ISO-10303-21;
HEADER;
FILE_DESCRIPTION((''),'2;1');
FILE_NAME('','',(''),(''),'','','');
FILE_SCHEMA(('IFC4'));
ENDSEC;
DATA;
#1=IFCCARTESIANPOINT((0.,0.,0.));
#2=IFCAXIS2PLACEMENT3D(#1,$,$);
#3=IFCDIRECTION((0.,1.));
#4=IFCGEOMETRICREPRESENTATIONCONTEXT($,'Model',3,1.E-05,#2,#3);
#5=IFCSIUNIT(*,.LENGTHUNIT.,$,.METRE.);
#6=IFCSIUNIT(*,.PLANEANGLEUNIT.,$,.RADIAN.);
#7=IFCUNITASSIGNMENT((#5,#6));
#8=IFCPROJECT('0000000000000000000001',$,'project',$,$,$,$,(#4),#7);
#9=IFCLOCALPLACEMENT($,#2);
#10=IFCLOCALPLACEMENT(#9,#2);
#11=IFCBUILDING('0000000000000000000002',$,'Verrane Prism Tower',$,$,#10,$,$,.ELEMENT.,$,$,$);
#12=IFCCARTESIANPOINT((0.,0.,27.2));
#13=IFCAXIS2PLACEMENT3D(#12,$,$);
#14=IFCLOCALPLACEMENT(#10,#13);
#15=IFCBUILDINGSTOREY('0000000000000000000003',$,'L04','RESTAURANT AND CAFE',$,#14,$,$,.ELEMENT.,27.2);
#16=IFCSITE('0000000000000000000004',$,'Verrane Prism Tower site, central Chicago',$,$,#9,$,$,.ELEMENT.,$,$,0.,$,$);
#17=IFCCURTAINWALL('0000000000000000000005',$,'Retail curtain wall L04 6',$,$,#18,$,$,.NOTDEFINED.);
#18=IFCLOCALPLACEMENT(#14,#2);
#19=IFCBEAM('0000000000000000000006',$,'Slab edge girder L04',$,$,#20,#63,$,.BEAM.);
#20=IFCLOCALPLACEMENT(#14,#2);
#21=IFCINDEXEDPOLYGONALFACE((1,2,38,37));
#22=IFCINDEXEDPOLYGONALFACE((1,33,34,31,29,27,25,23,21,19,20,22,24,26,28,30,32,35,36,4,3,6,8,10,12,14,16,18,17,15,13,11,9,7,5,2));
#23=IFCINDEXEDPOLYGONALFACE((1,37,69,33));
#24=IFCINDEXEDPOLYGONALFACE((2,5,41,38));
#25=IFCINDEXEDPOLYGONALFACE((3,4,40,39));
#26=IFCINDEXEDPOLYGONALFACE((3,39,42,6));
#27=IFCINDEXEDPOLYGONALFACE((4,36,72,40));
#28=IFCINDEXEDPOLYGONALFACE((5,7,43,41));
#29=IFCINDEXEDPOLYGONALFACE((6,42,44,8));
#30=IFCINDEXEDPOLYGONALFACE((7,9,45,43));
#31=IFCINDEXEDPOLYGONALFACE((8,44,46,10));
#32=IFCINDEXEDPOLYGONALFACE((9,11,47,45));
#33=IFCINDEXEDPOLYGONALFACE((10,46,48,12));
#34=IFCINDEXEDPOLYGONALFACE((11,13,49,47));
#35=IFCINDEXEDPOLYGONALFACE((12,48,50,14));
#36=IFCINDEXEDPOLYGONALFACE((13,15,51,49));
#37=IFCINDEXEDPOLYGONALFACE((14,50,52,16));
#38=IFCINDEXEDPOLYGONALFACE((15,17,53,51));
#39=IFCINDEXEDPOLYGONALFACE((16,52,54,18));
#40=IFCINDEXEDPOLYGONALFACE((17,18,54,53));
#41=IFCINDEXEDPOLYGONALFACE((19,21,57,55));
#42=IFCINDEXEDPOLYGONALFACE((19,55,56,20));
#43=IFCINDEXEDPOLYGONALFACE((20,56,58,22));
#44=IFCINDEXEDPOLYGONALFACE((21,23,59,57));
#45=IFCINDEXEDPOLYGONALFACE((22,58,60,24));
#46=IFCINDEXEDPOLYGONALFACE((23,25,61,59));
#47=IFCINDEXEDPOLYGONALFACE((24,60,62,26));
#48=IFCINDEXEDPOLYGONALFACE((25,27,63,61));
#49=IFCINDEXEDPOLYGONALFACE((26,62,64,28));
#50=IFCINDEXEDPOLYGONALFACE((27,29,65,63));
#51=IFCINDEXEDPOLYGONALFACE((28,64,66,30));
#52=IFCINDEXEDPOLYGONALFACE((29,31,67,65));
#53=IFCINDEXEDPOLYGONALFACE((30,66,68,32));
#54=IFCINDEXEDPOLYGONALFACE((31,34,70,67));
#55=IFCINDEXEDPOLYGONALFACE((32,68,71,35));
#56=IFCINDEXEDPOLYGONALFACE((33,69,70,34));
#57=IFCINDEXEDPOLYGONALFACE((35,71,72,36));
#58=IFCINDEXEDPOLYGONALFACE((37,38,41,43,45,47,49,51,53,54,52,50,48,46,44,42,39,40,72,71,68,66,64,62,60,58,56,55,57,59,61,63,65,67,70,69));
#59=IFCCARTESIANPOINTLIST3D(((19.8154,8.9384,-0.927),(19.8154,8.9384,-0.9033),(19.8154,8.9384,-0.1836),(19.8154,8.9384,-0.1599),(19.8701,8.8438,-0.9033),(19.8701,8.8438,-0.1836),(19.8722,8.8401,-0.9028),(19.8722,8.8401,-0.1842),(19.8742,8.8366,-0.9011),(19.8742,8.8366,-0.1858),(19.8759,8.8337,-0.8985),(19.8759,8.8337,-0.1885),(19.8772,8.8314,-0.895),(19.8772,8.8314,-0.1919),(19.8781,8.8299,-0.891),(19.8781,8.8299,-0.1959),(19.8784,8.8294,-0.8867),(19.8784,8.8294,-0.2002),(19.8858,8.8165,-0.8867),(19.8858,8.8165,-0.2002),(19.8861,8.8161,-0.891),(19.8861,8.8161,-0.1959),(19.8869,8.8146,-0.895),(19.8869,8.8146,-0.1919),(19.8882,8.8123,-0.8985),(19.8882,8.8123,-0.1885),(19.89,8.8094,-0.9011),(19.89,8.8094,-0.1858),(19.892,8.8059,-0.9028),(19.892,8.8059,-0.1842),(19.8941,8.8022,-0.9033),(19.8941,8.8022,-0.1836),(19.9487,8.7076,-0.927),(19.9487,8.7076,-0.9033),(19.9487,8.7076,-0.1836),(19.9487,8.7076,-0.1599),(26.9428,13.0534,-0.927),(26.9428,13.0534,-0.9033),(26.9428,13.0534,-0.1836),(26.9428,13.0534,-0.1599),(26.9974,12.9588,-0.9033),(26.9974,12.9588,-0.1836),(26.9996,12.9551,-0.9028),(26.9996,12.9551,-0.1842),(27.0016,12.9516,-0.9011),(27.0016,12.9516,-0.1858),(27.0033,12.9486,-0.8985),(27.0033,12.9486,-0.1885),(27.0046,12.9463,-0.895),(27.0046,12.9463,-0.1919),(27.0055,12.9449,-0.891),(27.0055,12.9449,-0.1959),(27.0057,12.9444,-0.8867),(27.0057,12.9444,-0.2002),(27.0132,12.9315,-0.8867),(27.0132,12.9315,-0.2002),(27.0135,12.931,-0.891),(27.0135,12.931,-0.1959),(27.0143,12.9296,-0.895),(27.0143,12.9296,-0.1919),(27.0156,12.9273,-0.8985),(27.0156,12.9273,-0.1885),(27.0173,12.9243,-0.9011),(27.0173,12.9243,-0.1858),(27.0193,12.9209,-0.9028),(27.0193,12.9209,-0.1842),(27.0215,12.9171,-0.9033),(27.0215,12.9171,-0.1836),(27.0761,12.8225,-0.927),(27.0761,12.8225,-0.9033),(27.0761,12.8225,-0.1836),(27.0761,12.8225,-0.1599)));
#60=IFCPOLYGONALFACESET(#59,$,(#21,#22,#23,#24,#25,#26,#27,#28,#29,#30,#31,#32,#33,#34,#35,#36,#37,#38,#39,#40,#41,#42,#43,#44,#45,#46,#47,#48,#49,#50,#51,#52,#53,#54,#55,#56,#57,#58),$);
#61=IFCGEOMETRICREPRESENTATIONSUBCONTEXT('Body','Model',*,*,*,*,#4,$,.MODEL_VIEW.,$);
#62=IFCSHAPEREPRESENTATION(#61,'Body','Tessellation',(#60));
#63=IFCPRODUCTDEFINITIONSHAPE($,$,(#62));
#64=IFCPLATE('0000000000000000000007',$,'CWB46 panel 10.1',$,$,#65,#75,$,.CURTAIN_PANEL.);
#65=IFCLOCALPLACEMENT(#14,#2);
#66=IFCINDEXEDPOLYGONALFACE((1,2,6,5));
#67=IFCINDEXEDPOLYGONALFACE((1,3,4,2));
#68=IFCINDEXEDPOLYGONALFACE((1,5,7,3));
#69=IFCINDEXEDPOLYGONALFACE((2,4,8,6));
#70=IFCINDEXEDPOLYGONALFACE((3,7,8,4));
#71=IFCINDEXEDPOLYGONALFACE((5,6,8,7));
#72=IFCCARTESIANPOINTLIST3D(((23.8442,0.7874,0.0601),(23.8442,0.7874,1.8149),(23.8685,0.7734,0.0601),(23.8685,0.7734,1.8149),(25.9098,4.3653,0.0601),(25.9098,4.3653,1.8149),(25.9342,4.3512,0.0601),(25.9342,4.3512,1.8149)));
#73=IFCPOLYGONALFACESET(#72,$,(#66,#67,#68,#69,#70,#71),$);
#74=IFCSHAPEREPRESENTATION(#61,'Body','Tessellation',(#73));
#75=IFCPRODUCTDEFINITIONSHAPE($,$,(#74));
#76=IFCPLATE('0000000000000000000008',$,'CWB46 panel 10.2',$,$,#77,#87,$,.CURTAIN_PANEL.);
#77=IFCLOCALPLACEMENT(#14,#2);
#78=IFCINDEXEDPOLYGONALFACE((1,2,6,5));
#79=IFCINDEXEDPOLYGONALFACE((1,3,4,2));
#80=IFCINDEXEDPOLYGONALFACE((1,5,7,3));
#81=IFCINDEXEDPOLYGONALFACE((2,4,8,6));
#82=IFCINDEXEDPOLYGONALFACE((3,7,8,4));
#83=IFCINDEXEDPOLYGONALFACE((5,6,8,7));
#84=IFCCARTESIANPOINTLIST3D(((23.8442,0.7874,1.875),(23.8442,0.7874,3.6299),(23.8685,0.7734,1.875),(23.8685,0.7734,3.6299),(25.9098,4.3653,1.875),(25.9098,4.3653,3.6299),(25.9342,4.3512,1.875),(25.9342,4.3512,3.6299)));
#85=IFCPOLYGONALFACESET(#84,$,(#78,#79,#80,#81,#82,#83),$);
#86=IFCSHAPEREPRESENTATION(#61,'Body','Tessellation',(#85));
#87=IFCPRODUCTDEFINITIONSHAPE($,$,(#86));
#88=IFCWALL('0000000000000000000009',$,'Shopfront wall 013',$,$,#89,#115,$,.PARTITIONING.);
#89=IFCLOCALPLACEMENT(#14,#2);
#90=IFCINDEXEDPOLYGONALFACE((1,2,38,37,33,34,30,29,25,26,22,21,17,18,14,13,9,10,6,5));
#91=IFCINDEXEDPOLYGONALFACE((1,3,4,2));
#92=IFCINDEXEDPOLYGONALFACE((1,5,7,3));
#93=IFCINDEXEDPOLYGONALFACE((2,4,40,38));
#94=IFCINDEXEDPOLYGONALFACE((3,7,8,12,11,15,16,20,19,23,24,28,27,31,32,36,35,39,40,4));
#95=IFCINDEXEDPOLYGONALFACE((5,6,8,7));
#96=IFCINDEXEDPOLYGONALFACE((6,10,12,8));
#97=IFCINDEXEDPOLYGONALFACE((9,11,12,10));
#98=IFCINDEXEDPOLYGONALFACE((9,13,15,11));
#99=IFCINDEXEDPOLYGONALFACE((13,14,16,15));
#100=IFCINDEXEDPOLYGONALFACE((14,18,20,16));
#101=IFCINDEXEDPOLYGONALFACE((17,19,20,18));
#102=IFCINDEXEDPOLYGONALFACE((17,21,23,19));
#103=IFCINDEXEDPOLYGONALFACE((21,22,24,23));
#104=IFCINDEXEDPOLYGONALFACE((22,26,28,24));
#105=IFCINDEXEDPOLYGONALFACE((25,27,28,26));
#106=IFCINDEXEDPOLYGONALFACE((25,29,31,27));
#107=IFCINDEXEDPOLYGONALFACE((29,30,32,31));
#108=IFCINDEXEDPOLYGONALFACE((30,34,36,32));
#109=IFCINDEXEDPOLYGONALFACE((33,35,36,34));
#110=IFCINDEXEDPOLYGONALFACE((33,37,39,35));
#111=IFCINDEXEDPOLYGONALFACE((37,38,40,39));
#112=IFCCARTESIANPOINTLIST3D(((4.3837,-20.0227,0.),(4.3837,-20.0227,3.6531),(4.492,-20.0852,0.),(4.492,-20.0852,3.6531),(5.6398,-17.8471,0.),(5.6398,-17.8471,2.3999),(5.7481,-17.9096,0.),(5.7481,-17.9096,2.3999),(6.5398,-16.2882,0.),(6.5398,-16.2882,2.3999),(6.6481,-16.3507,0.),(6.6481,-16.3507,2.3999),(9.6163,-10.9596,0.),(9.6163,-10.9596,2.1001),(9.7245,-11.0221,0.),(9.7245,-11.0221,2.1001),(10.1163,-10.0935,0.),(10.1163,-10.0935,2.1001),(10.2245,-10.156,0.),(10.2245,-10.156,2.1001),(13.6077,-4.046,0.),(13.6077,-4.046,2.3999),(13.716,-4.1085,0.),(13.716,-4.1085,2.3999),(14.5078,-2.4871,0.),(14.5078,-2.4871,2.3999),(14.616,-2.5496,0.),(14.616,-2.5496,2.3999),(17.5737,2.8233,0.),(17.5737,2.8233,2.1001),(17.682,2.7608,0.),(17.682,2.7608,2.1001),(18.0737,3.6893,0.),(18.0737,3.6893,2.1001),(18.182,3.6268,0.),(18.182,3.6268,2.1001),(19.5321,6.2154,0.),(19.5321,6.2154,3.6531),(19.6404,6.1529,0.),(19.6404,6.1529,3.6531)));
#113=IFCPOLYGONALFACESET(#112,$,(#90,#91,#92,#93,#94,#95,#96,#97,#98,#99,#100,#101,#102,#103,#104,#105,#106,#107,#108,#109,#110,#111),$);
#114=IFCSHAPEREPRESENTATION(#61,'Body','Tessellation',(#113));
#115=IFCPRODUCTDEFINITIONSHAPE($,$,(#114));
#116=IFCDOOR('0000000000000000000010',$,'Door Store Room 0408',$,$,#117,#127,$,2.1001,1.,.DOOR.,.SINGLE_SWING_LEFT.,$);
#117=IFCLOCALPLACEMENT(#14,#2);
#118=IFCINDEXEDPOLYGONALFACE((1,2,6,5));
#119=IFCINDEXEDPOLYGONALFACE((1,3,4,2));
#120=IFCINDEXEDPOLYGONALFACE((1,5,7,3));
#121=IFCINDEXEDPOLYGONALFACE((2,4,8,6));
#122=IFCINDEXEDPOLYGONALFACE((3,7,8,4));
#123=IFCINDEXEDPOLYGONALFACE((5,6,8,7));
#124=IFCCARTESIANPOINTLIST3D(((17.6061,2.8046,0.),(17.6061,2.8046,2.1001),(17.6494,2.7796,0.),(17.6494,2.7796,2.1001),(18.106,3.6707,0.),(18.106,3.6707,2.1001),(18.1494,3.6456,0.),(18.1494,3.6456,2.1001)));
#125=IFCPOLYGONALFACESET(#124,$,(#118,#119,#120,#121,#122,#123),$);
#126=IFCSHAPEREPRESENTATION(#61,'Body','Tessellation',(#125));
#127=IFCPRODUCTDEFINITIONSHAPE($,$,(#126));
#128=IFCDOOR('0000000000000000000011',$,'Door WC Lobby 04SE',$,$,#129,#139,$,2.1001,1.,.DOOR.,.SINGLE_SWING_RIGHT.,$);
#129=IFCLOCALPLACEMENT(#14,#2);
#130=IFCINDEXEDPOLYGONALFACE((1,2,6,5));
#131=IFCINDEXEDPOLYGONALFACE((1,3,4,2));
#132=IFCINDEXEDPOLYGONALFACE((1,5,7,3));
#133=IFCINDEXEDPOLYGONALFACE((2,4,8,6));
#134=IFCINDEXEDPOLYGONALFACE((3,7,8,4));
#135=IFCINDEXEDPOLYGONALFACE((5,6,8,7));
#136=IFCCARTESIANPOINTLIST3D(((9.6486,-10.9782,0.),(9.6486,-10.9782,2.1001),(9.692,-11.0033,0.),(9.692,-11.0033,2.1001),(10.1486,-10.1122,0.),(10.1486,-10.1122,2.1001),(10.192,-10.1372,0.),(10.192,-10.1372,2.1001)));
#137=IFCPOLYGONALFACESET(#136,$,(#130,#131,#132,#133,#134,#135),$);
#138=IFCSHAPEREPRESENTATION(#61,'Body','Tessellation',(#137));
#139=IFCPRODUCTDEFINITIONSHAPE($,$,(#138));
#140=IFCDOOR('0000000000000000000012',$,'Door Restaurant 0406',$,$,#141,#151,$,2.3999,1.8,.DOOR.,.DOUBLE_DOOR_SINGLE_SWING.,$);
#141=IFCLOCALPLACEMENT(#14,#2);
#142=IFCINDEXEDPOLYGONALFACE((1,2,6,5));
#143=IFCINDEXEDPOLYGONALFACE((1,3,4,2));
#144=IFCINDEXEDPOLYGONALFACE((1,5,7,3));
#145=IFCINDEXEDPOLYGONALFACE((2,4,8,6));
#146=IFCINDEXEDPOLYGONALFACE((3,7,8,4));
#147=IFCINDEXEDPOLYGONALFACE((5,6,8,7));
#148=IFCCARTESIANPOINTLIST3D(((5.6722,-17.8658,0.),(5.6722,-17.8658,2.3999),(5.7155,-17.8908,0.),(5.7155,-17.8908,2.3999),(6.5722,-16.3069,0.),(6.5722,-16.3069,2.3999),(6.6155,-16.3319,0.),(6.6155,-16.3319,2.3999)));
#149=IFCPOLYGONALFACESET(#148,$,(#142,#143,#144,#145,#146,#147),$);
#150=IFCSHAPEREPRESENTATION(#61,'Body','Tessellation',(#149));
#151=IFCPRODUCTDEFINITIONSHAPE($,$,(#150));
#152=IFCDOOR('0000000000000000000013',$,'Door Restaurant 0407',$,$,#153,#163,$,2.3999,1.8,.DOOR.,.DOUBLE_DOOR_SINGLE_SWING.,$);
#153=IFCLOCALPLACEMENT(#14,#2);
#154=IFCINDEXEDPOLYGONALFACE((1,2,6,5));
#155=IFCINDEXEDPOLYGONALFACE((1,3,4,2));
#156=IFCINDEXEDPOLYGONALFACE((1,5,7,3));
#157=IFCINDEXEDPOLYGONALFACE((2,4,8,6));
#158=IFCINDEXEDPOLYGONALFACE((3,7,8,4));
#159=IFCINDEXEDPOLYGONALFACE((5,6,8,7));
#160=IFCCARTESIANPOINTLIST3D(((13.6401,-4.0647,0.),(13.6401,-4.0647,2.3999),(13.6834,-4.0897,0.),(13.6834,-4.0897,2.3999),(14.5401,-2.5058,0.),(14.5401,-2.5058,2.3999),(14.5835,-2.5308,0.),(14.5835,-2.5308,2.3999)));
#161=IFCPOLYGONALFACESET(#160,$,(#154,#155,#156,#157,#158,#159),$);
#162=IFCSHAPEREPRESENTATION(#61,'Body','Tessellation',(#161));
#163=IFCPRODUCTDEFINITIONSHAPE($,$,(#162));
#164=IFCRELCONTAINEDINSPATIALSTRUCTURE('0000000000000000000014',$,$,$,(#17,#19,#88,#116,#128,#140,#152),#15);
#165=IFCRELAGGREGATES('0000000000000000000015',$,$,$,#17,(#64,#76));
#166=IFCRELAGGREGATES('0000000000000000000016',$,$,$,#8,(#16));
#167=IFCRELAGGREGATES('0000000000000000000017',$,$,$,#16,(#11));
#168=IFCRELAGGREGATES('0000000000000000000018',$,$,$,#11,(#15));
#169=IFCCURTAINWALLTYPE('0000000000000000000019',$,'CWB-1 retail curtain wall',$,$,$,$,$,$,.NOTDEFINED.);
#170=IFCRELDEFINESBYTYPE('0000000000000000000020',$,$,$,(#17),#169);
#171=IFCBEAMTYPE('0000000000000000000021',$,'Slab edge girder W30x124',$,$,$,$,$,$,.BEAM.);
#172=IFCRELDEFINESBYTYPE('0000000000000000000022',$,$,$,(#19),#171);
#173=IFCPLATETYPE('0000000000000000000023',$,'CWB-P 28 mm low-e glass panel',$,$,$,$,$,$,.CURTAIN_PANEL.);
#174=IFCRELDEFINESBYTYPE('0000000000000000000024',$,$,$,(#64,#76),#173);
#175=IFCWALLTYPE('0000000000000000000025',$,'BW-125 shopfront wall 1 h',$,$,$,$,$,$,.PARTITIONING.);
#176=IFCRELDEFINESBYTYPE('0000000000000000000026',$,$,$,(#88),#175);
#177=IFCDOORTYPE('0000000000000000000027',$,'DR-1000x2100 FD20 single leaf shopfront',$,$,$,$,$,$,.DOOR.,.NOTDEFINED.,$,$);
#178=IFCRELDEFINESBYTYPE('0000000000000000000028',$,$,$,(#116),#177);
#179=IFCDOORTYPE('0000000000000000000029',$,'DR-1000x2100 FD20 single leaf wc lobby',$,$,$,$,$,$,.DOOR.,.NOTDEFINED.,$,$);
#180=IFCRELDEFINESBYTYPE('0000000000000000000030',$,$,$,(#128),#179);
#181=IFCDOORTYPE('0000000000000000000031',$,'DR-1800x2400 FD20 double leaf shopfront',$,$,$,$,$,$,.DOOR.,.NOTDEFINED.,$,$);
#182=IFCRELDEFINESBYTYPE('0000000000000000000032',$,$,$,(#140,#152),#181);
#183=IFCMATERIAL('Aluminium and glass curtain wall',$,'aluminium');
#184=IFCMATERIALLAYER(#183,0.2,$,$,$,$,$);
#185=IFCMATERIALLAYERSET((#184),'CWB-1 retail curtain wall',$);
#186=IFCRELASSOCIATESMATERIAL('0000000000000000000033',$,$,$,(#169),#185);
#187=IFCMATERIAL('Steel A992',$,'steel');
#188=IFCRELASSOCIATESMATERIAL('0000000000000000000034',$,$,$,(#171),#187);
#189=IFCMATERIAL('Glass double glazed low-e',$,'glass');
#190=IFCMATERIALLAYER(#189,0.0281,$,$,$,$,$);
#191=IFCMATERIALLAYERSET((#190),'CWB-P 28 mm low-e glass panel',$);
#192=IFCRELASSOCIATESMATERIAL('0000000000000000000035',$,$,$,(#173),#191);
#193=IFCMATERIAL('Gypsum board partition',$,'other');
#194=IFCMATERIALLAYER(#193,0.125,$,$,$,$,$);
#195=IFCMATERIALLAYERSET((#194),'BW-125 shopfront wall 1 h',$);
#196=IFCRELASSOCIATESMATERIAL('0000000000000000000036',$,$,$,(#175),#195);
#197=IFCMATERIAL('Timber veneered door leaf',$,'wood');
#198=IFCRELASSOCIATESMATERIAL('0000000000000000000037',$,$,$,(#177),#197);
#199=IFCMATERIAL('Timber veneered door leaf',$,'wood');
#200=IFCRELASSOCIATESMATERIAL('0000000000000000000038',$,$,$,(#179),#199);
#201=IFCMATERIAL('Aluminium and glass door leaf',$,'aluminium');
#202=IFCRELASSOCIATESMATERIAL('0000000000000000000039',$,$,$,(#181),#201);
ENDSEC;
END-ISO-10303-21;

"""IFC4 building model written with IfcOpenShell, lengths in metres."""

from ifc_helpers import new_model, si_unit, direction, frame, frame_2d, origin, origin_2d, place, context, subcontext, project, spatial, rectangle, i_section, extrude, material, layer, layer_set, material_profile, profile_set, type_object, element, fill, aggregate, save


model = new_model("IFC4")

# Units and contexts
model_context = context("Model", 3, precision=1e-05, world=origin(), true_north=direction((0.0, 1.0)))
body_context = subcontext(model_context, "Body", "Model", "MODEL_VIEW")
ifc_project = project(units=[si_unit("LENGTHUNIT", "METRE"), si_unit("PLANEANGLEUNIT", "RADIAN")], contexts=[model_context])

# Site, building, storey
site_placement = place(None, origin())
site = spatial("IfcSite", under=ifc_project, at=site_placement, Name="Verrane Prism Tower site, central Chicago", CompositionType="ELEMENT", RefElevation=0.0)
building_placement = place(site_placement, origin())
building = spatial("IfcBuilding", under=site, at=building_placement, Name="Verrane Prism Tower", CompositionType="ELEMENT")
storey_placement = place(building_placement, frame((0.0, 0.0, 27.2)))
storey = spatial("IfcBuildingStorey", under=building, at=storey_placement, Name="L04", Description="RESTAURANT AND CAFE", CompositionType="ELEMENT", Elevation=27.2)

# Curtain wall
ifc_material_1 = material(Name="Aluminium and glass curtain wall", Category="aluminium")
ifc_layer_1 = layer(ifc_material_1, 0.2)
ifc_layer_set_1 = layer_set([ifc_layer_1], Name="CWB-1 retail curtain wall")
curtain_wall_type = type_object("IfcCurtainWallType", Name="CWB-1 retail curtain wall", PredefinedType="NOTDEFINED", material=ifc_layer_set_1)
curtain_wall_placement = place(storey_placement, origin())
curtain_wall = element("IfcCurtainWall", 1, at=curtain_wall_placement, inside=storey, type_object=curtain_wall_type, Name="Retail curtain wall L04 6", PredefinedType="NOTDEFINED")

# Beam
ifc_material_2 = material(Name="Steel A992", Category="steel")
ifc_material_profile_1 = material_profile(ifc_material_2, i_section(OverallWidth=0.2666, OverallDepth=0.7671, WebThickness=0.0149, FlangeThickness=0.0237, FilletRadius=0.0166, at=origin_2d()), Name="W30x124")
ifc_profile_set_1 = profile_set([ifc_material_profile_1], Name="Steel A992")
beam_type_1 = type_object("IfcBeamType", Name="Slab edge girder W30x124", PredefinedType="BEAM", material=ifc_profile_set_1)
beam_1_placement = place(storey_placement, frame((19.8821, 8.823, -0.5435), z_axis=(0.866028, 0.499996, 0.0), x_axis=(-0.499996, 0.866028, 0.0)))
element("IfcBeam", 2, at=beam_1_placement, inside=storey, type_object=beam_type_1, Name="Slab edge girder L04", PredefinedType="BEAM", context=body_context, shape_type="SweptSolid", body=[
    extrude(i_section(OverallWidth=0.2666, OverallDepth=0.7671, WebThickness=0.0149, FlangeThickness=0.0237, FilletRadius=0.0166, at=origin_2d()), origin(), (0.0, 0.0, 1.0), 8.23),
])

# Plates
ifc_material_3 = material(Name="Glass double glazed low-e", Category="glass")
ifc_layer_2 = layer(ifc_material_3, 0.0281)
ifc_layer_set_2 = layer_set([ifc_layer_2], Name="CWB-P 28 mm low-e glass panel")
plate_type = type_object("IfcPlateType", Name="CWB-P 28 mm low-e glass panel", PredefinedType="CURTAIN_PANEL", material=ifc_layer_set_2)
plate_1_placement = place(storey_placement, frame((24.8892, 2.5693, 0.0601), z_axis=(0.0, 0.0, 1.0), x_axis=(0.5, 0.866025, 0.0)))
plate_1 = element("IfcPlate", 3, at=plate_1_placement, type_object=plate_type, Name="CWB46 panel 10.1", PredefinedType="CURTAIN_PANEL", context=body_context, shape_type="SweptSolid", body=[
    extrude(rectangle(XDim=4.1313, YDim=0.0281, at=origin_2d()), origin(), (0.0, 0.0, 1.0), 1.7549),
])
plate_2_placement = place(storey_placement, frame((24.8892, 2.5693, 1.875), z_axis=(0.0, 0.0, 1.0), x_axis=(0.5, 0.866025, 0.0)))
plate_2 = element("IfcPlate", 4, at=plate_2_placement, type_object=plate_type, Name="CWB46 panel 10.2", PredefinedType="CURTAIN_PANEL", context=body_context, shape_type="SweptSolid", body=[
    extrude(rectangle(XDim=4.1313, YDim=0.0281, at=origin_2d()), origin(), (0.0, 0.0, 1.0), 1.7549),
])
aggregate(curtain_wall, [plate_1, plate_2])

# Wall, openings, doors
ifc_material_4 = material(Name="Gypsum board partition", Category="other")
ifc_layer_3 = layer(ifc_material_4, 0.125)
ifc_layer_set_3 = layer_set([ifc_layer_3], Name="BW-125 shopfront wall 1 h")
wall_type = type_object("IfcWallType", Name="BW-125 shopfront wall 1 h", PredefinedType="PARTITIONING", material=ifc_layer_set_3)
wall_1_placement = place(storey_placement, frame((19.5862, 6.1841, 0.0), z_axis=(0.0, 0.0, 1.0), x_axis=(-0.499994, -0.866029, 0.0)))
wall_1 = element("IfcWall", 5, at=wall_1_placement, inside=storey, type_object=wall_type, Name="Shopfront wall 013", PredefinedType="PARTITIONING", context=body_context, shape_type="SweptSolid", body=[
    extrude(rectangle(XDim=30.2971, YDim=0.125, at=frame_2d((15.1484, 0.0))), origin(), (0.0, 0.0, 1.0), 3.6531),
])
opening_1_placement = place(wall_1_placement, frame((25.9849, 0.0, 0.0)))
opening_1 = element("IfcOpeningElement", 6, at=opening_1_placement, cuts=wall_1, PredefinedType="OPENING", context=body_context, shape_type="SweptSolid", body=[
    extrude(rectangle(XDim=1.8, YDim=2.3999, at=frame_2d((0.8999, 1.2))), frame((0.0, 0.0725, 0.0), z_axis=(0.0, -1.0, 0.0), x_axis=(1.0, 0.0, 0.0)), (0.0, 0.0, 1.0), 0.145),
])
opening_2_placement = place(wall_1_placement, frame((18.8318, 0.0, 0.0)))
opening_2 = element("IfcOpeningElement", 7, at=opening_2_placement, cuts=wall_1, PredefinedType="OPENING", context=body_context, shape_type="SweptSolid", body=[
    extrude(rectangle(XDim=1.0, YDim=2.1001, at=frame_2d((0.5, 1.05))), frame((0.0, 0.0725, 0.0), z_axis=(0.0, -1.0, 0.0), x_axis=(1.0, 0.0, 0.0)), (0.0, 0.0, 1.0), 0.145),
])
opening_3_placement = place(wall_1_placement, frame((10.0488, 0.0, 0.0)))
opening_3 = element("IfcOpeningElement", 8, at=opening_3_placement, cuts=wall_1, PredefinedType="OPENING", context=body_context, shape_type="SweptSolid", body=[
    extrude(rectangle(XDim=1.8, YDim=2.3999, at=frame_2d((0.8999, 1.2))), frame((0.0, 0.0725, 0.0), z_axis=(0.0, -1.0, 0.0), x_axis=(1.0, 0.0, 0.0)), (0.0, 0.0, 1.0), 0.145),
])
opening_4_placement = place(wall_1_placement, frame((2.9167, 0.0, 0.0)))
opening_4 = element("IfcOpeningElement", 9, at=opening_4_placement, cuts=wall_1, PredefinedType="OPENING", context=body_context, shape_type="SweptSolid", body=[
    extrude(rectangle(XDim=1.0, YDim=2.1001, at=frame_2d((0.5, 1.05))), frame((0.0, 0.0725, 0.0), z_axis=(0.0, -1.0, 0.0), x_axis=(1.0, 0.0, 0.0)), (0.0, 0.0, 1.0), 0.145),
])
ifc_material_5 = material(Name="Timber veneered door leaf", Category="wood")
door_type_1 = type_object("IfcDoorType", Name="DR-1000x2100 FD20 single leaf shopfront", OperationType="NOTDEFINED", PredefinedType="DOOR", material=ifc_material_5)
door_1_placement = place(opening_4_placement, origin())
door_1 = element("IfcDoor", 10, at=door_1_placement, inside=storey, type_object=door_type_1, Name="Door Store Room 0408", OperationType="SINGLE_SWING_LEFT", OverallHeight=2.1001, OverallWidth=1.0, PredefinedType="DOOR", context=body_context, shape_type="SweptSolid", body=[
    extrude(rectangle(XDim=1.0, YDim=2.1001, at=frame_2d((0.5, 1.05))), frame((0.0, 0.0249, 0.0), z_axis=(0.0, -1.0, 0.0), x_axis=(1.0, 0.0, 0.0)), (0.0, 0.0, 1.0), 0.05),
])
fill(opening_4, door_1)
ifc_material_6 = material(Name="Timber veneered door leaf", Category="wood")
door_type_2 = type_object("IfcDoorType", Name="DR-1000x2100 FD20 single leaf wc lobby", OperationType="NOTDEFINED", PredefinedType="DOOR", material=ifc_material_6)
door_2_placement = place(opening_2_placement, origin())
door_2 = element("IfcDoor", 11, at=door_2_placement, inside=storey, type_object=door_type_2, Name="Door WC Lobby 04SE", OperationType="SINGLE_SWING_RIGHT", OverallHeight=2.1001, OverallWidth=1.0, PredefinedType="DOOR", context=body_context, shape_type="SweptSolid", body=[
    extrude(rectangle(XDim=1.0, YDim=2.1001, at=frame_2d((0.5, 1.05))), frame((0.0, 0.0249, 0.0), z_axis=(0.0, -1.0, 0.0), x_axis=(1.0, 0.0, 0.0)), (0.0, 0.0, 1.0), 0.05),
])
fill(opening_2, door_2)
ifc_material_7 = material(Name="Aluminium and glass door leaf", Category="aluminium")
door_type_3 = type_object("IfcDoorType", Name="DR-1800x2400 FD20 double leaf shopfront", OperationType="NOTDEFINED", PredefinedType="DOOR", material=ifc_material_7)
door_3_placement = place(opening_1_placement, origin())
door_3 = element("IfcDoor", 12, at=door_3_placement, inside=storey, type_object=door_type_3, Name="Door Restaurant 0406", OperationType="DOUBLE_DOOR_SINGLE_SWING", OverallHeight=2.3999, OverallWidth=1.8, PredefinedType="DOOR", context=body_context, shape_type="SweptSolid", body=[
    extrude(rectangle(XDim=1.8, YDim=2.3999, at=frame_2d((0.8999, 1.2))), frame((0.0, 0.0249, 0.0), z_axis=(0.0, -1.0, 0.0), x_axis=(1.0, 0.0, 0.0)), (0.0, 0.0, 1.0), 0.05),
])
fill(opening_1, door_3)
door_4_placement = place(opening_3_placement, origin())
door_4 = element("IfcDoor", 13, at=door_4_placement, inside=storey, type_object=door_type_3, Name="Door Restaurant 0407", OperationType="DOUBLE_DOOR_SINGLE_SWING", OverallHeight=2.3999, OverallWidth=1.8, PredefinedType="DOOR", context=body_context, shape_type="SweptSolid", body=[
    extrude(rectangle(XDim=1.8, YDim=2.3999, at=frame_2d((0.8999, 1.2))), frame((0.0, 0.0249, 0.0), z_axis=(0.0, -1.0, 0.0), x_axis=(1.0, 0.0, 0.0)), (0.0, 0.0, 1.0), 0.05),
])
fill(opening_3, door_4)

save(model, "model.ifc")
